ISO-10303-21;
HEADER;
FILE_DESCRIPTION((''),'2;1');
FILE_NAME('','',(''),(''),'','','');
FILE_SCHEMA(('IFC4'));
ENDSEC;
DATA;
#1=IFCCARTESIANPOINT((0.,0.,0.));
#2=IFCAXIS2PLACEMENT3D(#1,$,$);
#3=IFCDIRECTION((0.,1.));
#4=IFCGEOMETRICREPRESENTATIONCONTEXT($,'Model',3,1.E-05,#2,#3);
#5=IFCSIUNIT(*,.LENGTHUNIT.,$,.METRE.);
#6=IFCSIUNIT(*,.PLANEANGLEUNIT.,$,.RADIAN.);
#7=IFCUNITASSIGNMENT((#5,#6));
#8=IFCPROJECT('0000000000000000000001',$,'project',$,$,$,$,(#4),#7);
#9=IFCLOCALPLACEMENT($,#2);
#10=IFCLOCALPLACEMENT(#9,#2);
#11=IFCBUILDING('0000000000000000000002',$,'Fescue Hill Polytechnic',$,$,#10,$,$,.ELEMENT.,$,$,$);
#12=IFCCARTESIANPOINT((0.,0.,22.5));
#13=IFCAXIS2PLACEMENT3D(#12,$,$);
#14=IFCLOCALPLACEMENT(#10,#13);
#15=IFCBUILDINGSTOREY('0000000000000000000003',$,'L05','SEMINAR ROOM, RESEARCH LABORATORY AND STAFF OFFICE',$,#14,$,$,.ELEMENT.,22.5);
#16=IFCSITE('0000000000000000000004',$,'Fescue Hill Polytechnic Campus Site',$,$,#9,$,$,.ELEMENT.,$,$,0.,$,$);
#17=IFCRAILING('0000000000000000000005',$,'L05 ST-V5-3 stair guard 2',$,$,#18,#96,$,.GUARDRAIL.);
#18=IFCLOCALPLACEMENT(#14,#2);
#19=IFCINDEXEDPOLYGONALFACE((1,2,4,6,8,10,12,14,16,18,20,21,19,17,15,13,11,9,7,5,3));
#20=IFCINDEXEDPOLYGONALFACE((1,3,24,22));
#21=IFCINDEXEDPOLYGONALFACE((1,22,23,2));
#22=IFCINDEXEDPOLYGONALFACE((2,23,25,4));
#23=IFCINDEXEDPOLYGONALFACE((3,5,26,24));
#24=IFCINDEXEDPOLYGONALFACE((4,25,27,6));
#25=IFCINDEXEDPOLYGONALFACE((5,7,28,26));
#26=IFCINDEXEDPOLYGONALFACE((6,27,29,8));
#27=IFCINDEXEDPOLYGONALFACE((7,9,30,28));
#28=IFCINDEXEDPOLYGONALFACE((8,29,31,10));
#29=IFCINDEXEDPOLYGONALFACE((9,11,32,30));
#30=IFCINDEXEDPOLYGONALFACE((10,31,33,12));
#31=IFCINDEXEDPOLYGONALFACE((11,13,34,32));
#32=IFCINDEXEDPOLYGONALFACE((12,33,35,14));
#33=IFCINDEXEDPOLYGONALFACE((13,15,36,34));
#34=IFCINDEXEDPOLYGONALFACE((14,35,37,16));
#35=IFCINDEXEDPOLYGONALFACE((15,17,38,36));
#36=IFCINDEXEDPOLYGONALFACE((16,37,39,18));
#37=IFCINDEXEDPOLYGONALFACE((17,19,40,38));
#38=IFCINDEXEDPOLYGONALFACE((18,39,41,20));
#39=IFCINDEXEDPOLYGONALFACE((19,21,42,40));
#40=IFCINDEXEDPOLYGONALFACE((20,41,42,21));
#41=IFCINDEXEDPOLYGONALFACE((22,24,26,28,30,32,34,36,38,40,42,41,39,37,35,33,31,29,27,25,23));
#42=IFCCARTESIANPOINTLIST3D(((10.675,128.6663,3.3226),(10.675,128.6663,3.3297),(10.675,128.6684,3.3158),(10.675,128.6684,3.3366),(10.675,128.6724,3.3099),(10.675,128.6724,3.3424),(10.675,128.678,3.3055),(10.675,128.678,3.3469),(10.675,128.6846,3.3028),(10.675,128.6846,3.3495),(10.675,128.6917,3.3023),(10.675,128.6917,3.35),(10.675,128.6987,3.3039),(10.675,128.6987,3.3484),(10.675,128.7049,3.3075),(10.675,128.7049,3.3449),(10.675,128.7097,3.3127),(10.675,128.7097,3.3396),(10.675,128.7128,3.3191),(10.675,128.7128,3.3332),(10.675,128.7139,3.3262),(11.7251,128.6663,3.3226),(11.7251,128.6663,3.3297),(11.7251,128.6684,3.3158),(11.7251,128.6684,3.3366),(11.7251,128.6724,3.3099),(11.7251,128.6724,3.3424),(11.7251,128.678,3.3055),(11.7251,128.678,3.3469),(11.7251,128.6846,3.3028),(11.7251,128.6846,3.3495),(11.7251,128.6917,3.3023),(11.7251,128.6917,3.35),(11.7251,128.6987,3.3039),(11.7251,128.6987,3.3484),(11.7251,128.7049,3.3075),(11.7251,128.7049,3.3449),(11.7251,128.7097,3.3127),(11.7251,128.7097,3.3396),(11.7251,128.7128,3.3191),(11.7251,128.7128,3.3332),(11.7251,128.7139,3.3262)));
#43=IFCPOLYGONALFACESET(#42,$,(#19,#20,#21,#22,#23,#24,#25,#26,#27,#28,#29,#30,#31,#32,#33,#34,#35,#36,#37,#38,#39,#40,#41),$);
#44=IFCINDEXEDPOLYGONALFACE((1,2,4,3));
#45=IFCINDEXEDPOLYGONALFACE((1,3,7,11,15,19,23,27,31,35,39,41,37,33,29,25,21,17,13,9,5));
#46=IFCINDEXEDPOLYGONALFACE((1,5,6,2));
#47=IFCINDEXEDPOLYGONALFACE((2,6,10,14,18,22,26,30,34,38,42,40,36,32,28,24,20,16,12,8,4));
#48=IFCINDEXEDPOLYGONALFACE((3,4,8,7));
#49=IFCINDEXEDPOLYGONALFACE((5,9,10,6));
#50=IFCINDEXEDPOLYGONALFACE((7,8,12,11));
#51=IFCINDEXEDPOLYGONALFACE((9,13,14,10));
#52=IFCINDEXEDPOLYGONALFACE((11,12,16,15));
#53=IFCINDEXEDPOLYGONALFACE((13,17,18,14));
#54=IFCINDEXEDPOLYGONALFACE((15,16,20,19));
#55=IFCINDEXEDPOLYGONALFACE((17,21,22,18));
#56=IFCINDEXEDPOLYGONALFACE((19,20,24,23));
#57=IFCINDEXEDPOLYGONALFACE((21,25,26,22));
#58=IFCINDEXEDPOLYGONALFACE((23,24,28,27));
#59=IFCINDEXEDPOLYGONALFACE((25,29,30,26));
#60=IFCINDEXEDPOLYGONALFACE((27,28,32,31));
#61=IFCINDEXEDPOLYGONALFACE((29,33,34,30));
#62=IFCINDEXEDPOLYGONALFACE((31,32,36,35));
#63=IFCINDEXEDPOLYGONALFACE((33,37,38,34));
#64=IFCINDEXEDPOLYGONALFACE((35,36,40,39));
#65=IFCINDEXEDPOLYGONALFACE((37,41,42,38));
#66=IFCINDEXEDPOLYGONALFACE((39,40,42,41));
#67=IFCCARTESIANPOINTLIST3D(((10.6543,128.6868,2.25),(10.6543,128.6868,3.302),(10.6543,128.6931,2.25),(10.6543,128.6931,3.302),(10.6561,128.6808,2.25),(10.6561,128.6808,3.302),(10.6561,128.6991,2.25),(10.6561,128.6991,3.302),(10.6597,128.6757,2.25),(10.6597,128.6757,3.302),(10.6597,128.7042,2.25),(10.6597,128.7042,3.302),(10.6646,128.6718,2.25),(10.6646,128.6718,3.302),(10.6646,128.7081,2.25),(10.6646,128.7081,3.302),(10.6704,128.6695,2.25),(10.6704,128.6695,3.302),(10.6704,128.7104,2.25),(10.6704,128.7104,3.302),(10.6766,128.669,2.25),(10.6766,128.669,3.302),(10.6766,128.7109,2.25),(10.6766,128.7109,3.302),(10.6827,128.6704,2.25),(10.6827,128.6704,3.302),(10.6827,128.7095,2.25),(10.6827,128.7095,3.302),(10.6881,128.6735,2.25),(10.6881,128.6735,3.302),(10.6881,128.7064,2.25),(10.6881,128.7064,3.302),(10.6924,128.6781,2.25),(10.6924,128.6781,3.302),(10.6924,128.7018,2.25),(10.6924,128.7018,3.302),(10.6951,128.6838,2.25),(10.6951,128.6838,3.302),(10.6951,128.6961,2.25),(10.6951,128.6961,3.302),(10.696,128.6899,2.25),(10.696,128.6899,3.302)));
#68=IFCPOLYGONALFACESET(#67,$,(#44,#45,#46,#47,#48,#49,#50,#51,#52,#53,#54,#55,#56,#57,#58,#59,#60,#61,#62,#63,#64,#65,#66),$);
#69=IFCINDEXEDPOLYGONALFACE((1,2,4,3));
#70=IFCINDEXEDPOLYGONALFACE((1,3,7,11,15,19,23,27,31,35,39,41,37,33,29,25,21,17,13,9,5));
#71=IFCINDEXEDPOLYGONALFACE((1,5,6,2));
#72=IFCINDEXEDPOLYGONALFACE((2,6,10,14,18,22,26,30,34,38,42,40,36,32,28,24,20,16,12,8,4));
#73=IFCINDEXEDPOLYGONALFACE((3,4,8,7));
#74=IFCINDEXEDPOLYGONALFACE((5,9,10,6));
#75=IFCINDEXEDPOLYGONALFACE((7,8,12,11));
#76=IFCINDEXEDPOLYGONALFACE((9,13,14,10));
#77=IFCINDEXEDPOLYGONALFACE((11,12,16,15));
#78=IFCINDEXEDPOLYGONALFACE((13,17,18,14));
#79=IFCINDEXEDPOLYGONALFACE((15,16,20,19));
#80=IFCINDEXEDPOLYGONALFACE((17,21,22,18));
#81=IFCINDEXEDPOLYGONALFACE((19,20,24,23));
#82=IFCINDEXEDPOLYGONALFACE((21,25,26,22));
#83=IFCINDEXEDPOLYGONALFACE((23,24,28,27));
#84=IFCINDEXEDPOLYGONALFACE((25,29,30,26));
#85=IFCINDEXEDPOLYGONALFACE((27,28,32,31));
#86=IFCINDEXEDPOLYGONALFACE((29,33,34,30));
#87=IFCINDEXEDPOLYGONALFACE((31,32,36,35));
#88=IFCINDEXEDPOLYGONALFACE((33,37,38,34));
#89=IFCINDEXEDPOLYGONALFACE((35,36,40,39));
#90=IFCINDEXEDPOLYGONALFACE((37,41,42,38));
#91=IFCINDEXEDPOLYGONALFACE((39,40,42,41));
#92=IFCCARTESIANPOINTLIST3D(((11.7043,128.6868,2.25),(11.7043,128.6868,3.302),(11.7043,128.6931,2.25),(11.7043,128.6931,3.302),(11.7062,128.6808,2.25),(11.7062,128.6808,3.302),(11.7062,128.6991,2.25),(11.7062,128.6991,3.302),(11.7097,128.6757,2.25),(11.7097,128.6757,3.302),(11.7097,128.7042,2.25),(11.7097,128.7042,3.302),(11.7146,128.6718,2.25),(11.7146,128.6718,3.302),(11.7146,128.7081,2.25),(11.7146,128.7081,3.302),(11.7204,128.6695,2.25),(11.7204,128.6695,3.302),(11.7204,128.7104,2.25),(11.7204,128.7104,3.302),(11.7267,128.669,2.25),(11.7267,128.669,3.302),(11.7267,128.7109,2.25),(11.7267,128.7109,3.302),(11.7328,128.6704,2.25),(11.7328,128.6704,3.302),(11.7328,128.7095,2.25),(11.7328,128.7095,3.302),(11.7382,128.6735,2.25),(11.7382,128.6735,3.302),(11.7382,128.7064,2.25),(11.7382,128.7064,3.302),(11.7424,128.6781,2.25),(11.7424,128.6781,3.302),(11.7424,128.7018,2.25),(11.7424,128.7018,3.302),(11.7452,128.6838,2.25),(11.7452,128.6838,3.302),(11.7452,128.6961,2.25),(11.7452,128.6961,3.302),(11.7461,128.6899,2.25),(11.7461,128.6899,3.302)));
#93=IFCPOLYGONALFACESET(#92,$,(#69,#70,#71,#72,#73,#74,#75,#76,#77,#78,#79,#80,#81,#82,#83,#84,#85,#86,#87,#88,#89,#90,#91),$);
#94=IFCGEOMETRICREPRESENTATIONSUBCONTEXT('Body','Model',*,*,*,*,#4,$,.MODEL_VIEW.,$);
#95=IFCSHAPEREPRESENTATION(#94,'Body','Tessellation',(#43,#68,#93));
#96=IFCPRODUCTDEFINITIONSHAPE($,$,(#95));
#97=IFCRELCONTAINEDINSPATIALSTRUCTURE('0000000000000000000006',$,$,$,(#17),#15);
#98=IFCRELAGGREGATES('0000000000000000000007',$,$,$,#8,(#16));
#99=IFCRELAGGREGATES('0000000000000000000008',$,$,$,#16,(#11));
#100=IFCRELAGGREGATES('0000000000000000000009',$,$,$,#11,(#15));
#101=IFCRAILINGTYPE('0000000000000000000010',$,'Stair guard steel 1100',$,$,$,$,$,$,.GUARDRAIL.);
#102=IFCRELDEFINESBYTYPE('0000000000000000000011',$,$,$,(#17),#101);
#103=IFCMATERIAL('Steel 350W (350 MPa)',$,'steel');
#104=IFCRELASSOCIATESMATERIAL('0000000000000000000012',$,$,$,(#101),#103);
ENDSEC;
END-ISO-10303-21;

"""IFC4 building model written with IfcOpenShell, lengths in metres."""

from ifc_helpers import new_model, si_unit, direction, frame, origin, origin_2d, place, context, subcontext, project, spatial, circle, extrude, material, type_object, element, save


model = new_model("IFC4")

# Units and contexts
model_context = context("Model", 3, precision=1e-05, world=origin(), true_north=direction((0.0, 1.0)))
body_context = subcontext(model_context, "Body", "Model", "MODEL_VIEW")
ifc_project = project(units=[si_unit("LENGTHUNIT", "METRE"), si_unit("PLANEANGLEUNIT", "RADIAN")], contexts=[model_context])

# Site, building, storey
site_placement = place(None, origin())
site = spatial("IfcSite", under=ifc_project, at=site_placement, Name="Fescue Hill Polytechnic Campus Site", CompositionType="ELEMENT", RefElevation=0.0)
building_placement = place(site_placement, origin())
building = spatial("IfcBuilding", under=site, at=building_placement, Name="Fescue Hill Polytechnic", CompositionType="ELEMENT")
storey_placement = place(building_placement, frame((0.0, 0.0, 22.5)))
storey = spatial("IfcBuildingStorey", under=building, at=storey_placement, Name="L05", Description="SEMINAR ROOM, RESEARCH LABORATORY AND STAFF OFFICE", CompositionType="ELEMENT", Elevation=22.5)

# Railing
ifc_material_1 = material(Name="Steel 350W (350 MPa)", Category="steel")
railing_type_1 = type_object("IfcRailingType", Name="Stair guard steel 1100", PredefinedType="GUARDRAIL", material=ifc_material_1)
railing_1_placement = place(storey_placement, frame((10.675, 128.6899, 2.25)))
element("IfcRailing", 1, at=railing_1_placement, inside=storey, type_object=railing_type_1, Name="L05 ST-V5-3 stair guard 2", PredefinedType="GUARDRAIL", context=body_context, shape_type="SweptSolid", body=[
    extrude(circle(Radius=0.0239, at=origin_2d()), frame((0.0, 0.0, 1.0762), z_axis=(1.0, 0.0, 0.0), x_axis=(0.0, 1.0, 0.0)), (0.0, 0.0, 1.0), 1.05),
    extrude(circle(Radius=0.021, at=origin_2d()), origin(), (0.0, 0.0, 1.0), 1.052),
    extrude(circle(Radius=0.021, at=origin_2d()), frame((1.05, 0.0, 0.0)), (0.0, 0.0, 1.0), 1.052),
])

save(model, "model.ifc")
